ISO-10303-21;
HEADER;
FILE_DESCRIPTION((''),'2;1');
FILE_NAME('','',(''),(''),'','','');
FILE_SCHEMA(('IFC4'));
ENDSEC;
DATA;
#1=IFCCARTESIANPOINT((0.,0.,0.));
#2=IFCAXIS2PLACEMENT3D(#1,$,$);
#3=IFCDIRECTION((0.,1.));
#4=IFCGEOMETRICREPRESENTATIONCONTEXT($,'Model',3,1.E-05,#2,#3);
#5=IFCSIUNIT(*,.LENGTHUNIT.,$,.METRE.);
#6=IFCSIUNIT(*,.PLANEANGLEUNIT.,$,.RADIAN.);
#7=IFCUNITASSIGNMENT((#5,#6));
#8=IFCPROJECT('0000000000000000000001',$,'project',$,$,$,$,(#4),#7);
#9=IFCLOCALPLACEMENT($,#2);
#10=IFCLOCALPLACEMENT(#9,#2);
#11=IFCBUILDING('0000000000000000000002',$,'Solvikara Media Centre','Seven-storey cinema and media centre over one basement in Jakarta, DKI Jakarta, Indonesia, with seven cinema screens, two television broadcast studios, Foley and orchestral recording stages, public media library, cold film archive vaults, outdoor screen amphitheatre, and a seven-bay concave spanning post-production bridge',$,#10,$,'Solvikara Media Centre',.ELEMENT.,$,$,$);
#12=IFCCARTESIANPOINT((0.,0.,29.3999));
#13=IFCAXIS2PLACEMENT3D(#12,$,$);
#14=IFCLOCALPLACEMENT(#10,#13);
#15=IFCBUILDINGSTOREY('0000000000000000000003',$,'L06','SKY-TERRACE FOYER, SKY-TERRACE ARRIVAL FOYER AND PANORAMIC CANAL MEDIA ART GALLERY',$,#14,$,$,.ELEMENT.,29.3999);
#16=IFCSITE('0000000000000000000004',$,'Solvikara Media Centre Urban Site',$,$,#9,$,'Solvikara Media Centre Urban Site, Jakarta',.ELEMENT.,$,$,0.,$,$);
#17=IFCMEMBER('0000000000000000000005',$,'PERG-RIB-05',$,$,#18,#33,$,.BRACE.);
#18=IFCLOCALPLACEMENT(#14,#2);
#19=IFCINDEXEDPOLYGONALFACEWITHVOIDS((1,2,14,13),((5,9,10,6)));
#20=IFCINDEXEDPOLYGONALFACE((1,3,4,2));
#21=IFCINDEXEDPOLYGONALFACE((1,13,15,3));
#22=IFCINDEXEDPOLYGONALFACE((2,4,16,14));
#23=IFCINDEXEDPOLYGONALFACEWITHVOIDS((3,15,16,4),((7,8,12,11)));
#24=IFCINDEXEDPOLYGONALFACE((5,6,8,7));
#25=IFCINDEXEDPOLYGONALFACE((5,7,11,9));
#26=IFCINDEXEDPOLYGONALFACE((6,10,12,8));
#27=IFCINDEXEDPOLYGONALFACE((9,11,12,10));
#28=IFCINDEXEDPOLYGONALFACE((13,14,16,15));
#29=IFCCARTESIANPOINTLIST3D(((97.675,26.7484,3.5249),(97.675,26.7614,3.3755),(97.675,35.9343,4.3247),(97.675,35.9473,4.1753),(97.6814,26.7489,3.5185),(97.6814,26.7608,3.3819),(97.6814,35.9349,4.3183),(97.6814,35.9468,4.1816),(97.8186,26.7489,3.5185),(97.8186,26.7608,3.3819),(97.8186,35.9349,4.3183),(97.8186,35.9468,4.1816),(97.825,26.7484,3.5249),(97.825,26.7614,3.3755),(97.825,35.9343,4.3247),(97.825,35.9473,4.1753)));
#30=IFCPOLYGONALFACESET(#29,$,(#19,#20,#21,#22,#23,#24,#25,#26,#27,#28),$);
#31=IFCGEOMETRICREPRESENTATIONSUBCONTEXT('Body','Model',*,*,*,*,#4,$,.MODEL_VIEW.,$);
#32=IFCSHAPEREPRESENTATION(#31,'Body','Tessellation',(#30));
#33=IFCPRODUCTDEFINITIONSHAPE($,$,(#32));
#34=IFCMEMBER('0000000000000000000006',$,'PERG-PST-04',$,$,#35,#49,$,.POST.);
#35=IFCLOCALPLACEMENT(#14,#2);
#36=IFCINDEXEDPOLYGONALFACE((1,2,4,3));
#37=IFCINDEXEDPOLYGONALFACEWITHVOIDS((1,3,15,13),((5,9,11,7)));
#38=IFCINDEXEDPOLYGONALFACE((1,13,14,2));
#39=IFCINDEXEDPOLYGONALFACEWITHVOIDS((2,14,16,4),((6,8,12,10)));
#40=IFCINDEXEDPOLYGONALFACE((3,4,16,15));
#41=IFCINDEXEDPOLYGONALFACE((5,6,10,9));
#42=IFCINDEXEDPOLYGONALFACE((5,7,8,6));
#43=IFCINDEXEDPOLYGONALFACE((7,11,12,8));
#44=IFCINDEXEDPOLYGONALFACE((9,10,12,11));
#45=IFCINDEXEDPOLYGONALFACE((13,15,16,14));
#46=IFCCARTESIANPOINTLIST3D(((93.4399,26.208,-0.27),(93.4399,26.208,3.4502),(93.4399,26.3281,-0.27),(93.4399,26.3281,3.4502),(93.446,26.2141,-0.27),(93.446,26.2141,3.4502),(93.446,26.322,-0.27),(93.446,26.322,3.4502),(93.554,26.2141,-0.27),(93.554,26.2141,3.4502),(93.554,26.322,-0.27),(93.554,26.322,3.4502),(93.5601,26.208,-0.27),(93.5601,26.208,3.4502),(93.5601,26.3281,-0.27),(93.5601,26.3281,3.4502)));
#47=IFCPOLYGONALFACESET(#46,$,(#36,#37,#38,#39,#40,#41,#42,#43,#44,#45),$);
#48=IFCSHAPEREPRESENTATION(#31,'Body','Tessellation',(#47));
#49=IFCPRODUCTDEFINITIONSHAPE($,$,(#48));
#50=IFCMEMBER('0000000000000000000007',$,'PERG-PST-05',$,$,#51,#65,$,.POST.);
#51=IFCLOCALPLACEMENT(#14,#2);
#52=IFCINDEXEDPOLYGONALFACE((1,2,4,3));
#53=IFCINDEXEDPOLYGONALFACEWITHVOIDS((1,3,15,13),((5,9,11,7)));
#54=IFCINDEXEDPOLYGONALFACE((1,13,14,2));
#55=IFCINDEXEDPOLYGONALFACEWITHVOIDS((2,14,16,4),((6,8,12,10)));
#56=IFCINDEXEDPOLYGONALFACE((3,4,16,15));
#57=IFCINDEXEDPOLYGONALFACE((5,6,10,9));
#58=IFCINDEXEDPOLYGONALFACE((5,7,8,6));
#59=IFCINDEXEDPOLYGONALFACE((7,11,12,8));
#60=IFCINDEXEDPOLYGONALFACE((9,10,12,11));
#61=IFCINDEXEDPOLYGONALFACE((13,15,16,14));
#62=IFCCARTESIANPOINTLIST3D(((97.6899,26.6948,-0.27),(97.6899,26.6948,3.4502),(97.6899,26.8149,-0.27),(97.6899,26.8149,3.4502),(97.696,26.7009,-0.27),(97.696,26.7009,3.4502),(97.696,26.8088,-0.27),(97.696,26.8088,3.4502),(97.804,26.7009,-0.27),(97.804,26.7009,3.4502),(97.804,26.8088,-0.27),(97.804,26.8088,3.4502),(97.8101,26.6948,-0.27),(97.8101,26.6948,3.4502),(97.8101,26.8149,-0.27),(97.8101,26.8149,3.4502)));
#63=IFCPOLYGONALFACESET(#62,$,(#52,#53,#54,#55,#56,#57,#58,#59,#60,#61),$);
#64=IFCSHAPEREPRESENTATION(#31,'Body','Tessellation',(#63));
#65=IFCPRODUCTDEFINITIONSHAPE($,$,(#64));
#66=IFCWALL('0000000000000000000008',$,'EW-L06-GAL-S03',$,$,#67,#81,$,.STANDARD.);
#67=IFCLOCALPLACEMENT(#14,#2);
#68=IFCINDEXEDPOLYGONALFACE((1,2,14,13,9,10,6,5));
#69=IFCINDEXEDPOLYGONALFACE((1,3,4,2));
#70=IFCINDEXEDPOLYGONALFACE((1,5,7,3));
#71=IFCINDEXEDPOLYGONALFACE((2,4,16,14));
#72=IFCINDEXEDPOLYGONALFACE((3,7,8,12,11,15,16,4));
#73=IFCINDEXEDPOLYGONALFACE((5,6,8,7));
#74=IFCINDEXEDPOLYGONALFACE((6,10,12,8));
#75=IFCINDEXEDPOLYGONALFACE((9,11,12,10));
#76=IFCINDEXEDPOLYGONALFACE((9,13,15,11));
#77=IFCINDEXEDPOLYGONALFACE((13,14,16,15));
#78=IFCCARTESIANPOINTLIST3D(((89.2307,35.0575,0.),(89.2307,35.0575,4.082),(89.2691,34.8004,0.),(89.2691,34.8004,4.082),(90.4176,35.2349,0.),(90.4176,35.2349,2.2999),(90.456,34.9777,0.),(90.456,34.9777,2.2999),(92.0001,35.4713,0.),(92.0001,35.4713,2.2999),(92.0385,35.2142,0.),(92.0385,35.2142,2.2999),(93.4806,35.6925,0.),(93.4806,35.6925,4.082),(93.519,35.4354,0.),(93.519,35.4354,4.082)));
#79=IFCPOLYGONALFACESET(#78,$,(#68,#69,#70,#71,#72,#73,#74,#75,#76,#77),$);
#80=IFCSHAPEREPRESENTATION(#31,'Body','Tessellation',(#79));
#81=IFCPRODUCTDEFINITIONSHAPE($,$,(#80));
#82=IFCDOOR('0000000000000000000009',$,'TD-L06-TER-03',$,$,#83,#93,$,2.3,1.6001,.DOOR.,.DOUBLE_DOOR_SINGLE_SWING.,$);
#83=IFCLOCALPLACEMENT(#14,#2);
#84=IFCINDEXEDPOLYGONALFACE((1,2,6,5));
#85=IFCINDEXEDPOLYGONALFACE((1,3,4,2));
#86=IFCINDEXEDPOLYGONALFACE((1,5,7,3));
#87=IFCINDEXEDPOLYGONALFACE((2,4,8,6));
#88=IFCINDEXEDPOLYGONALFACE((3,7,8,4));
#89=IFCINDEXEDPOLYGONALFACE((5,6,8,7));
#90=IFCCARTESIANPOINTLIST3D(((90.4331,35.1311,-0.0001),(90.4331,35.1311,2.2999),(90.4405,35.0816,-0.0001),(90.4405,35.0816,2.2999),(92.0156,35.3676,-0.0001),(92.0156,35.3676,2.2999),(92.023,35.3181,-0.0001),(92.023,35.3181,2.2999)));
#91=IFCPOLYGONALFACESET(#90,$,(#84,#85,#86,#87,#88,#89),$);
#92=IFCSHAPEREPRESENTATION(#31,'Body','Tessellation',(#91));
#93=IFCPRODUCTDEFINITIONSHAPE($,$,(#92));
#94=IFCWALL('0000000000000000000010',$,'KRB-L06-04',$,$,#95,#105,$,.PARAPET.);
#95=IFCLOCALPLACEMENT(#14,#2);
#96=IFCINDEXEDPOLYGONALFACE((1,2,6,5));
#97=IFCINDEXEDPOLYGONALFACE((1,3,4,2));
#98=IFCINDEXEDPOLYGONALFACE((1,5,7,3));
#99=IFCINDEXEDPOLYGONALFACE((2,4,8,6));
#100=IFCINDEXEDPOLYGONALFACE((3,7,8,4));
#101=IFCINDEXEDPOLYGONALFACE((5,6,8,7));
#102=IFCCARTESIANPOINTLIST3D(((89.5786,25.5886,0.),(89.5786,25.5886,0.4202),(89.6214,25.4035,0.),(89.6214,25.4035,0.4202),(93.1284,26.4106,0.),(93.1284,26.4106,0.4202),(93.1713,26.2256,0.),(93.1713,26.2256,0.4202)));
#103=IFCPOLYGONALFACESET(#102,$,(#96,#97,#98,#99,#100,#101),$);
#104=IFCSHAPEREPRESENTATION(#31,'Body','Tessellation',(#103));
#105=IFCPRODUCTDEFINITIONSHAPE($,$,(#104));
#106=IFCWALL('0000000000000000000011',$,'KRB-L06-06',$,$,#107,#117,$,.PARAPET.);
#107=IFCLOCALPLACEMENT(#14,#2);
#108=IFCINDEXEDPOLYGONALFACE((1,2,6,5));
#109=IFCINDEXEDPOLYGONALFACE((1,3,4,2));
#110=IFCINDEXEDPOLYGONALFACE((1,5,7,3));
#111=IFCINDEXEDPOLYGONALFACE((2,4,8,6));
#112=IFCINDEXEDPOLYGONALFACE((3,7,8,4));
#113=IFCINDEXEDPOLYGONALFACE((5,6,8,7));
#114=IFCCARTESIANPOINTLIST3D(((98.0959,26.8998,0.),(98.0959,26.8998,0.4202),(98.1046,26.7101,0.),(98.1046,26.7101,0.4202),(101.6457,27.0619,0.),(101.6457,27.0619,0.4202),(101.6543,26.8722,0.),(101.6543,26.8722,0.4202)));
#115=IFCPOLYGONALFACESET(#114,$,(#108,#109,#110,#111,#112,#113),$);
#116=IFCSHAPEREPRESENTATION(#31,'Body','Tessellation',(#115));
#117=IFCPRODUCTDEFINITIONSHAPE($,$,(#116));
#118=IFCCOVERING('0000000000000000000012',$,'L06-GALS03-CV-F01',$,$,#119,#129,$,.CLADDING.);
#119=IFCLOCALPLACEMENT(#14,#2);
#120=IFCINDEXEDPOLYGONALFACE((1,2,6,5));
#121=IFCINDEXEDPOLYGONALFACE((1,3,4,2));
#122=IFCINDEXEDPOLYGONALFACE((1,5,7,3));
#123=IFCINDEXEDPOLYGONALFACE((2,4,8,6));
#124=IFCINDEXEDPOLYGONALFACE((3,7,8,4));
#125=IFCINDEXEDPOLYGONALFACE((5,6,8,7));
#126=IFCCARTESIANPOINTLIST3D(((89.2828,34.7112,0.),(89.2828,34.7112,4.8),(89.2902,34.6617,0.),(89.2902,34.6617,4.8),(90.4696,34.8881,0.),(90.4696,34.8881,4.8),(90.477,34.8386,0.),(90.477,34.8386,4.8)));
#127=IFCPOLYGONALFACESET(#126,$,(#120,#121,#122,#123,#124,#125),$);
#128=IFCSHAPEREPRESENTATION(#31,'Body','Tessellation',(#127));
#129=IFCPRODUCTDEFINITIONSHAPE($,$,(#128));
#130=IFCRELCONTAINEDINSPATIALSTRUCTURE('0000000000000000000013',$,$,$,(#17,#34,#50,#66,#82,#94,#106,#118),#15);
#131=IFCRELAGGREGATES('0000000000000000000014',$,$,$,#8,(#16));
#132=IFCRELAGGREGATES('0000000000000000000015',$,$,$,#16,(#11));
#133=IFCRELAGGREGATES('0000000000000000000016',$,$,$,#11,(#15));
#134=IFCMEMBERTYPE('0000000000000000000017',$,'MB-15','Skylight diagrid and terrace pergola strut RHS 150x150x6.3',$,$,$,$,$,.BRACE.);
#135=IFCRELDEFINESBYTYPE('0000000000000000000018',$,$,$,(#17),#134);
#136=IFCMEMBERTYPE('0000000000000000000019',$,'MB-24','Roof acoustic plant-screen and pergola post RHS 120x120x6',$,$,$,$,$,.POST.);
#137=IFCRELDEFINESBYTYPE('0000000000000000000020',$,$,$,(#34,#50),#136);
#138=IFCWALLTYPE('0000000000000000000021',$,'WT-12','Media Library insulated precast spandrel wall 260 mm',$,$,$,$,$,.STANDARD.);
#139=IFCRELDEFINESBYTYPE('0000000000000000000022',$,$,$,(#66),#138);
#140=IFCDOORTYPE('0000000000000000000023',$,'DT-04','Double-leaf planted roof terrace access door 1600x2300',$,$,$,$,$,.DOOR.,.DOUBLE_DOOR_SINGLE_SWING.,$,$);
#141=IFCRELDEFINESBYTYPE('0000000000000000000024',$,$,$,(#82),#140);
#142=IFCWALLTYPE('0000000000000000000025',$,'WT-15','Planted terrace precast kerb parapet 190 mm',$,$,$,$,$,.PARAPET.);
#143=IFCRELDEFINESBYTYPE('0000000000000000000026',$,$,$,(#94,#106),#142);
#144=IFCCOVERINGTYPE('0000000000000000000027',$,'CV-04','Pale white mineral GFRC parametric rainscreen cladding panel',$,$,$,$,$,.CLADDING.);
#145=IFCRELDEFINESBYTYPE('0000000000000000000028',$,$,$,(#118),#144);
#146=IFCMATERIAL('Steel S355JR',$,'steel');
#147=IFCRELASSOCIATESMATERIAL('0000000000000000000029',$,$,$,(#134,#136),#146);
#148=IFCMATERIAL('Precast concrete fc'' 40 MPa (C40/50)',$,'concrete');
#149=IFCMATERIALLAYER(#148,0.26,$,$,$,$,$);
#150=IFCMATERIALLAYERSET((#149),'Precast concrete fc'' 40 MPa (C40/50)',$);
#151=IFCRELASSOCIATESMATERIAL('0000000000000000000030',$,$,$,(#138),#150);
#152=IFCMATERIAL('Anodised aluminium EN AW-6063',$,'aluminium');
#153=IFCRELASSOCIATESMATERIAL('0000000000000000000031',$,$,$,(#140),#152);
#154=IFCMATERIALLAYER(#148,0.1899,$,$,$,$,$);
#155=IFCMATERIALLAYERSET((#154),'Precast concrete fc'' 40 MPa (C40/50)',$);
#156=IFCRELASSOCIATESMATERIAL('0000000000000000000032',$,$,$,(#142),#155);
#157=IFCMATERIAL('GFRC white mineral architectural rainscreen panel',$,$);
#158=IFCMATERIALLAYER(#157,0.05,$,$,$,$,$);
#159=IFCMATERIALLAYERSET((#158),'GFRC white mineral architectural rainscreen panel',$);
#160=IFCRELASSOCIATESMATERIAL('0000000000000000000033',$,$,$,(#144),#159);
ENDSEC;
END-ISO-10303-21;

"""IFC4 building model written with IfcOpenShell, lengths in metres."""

from ifc_helpers import new_model, si_unit, direction, frame, frame_2d, origin, origin_2d, place, context, subcontext, project, spatial, rectangle, hollow_rectangle, extrude, material, layer, layer_set, material_profile, profile_set, type_object, element, fill, save


model = new_model("IFC4")

# Units and contexts
model_context = context("Model", 3, precision=1e-05, world=origin(), true_north=direction((0.0, 1.0)))
body_context = subcontext(model_context, "Body", "Model", "MODEL_VIEW")
ifc_project = project(units=[si_unit("LENGTHUNIT", "METRE"), si_unit("PLANEANGLEUNIT", "RADIAN")], contexts=[model_context])

# Site, building, storey
site_placement = place(None, origin())
site = spatial("IfcSite", under=ifc_project, at=site_placement, Name="Solvikara Media Centre Urban Site", LongName="Solvikara Media Centre Urban Site, Jakarta", CompositionType="ELEMENT", RefElevation=0.0)
building_placement = place(site_placement, origin())
building = spatial("IfcBuilding", under=site, at=building_placement, Name="Solvikara Media Centre", Description="Seven-storey cinema and media centre over one basement in Jakarta, DKI Jakarta, Indonesia, with seven cinema screens, two television broadcast studios, Foley and orchestral recording stages, public media library, cold film archive vaults, outdoor screen amphitheatre, and a seven-bay concave spanning post-production bridge", LongName="Solvikara Media Centre", CompositionType="ELEMENT")
storey_placement = place(building_placement, frame((0.0, 0.0, 29.3999)))
storey = spatial("IfcBuildingStorey", under=building, at=storey_placement, Name="L06", Description="SKY-TERRACE FOYER, SKY-TERRACE ARRIVAL FOYER AND PANORAMIC CANAL MEDIA ART GALLERY", CompositionType="ELEMENT", Elevation=29.3999)

# Shared definitions
ifc_material_1 = material(Name="Steel S355JR", Category="steel")

# Members
ifc_material_profile_1 = material_profile(ifc_material_1, hollow_rectangle(XDim=0.1499, YDim=0.1499, WallThickness=0.0063, at=origin_2d()), Name="RHS 150x150x6.3")
ifc_profile_set_1 = profile_set([ifc_material_profile_1], Name="Steel S355JR")
member_type_1 = type_object("IfcMemberType", Name="MB-15", Description="Skylight diagrid and terrace pergola strut RHS 150x150x6.3", PredefinedType="BRACE", material=ifc_profile_set_1)
member_1_placement = place(storey_placement, frame((97.75, 26.7549, 3.4502), z_axis=(0.0, 0.996231, 0.086739), x_axis=(-1.0, 0.0, 0.0)))
element("IfcMember", 1, at=member_1_placement, inside=storey, type_object=member_type_1, Name="PERG-RIB-05", PredefinedType="BRACE", context=body_context, shape_type="SweptSolid", body=[
    extrude(hollow_rectangle(XDim=0.1499, YDim=0.1499, WallThickness=0.0063, at=origin_2d()), origin(), (0.0, 0.0, 1.0), 9.2207),
])
ifc_material_profile_2 = material_profile(ifc_material_1, hollow_rectangle(XDim=0.1201, YDim=0.1201, WallThickness=0.0061, at=origin_2d()), Name="RHS 120x120x6")
ifc_profile_set_2 = profile_set([ifc_material_profile_2], Name="Steel S355JR")
member_type_2 = type_object("IfcMemberType", Name="MB-24", Description="Roof acoustic plant-screen and pergola post RHS 120x120x6", PredefinedType="POST", material=ifc_profile_set_2)
for number, where, z_axis, x_axis, name in (
    (2, (93.5, 26.2681, -0.27), (0.0, 0.0, 1.0), (1.0, 0.0, 0.0), "PERG-PST-04"),
    (3, (97.75, 26.7549, -0.27), (0.0, 0.0, 1.0), (1.0, 0.0, 0.0), "PERG-PST-05"),
):
    element("IfcMember", number, at=place(storey_placement, frame(where, z_axis=z_axis, x_axis=x_axis)), inside=storey, type_object=member_type_2, Name=name, PredefinedType="POST", context=body_context, shape_type="SweptSolid", body=[
        extrude(hollow_rectangle(XDim=0.1201, YDim=0.1201, WallThickness=0.0061, at=origin_2d()), origin(), (0.0, 0.0, 1.0), 3.7202),
    ])

# Wall, opening, door
ifc_material_2 = material(Name="Precast concrete fc' 40 MPa (C40/50)", Category="concrete")
ifc_layer_1 = layer(ifc_material_2, 0.26)
ifc_layer_set_1 = layer_set([ifc_layer_1], Name="Precast concrete fc' 40 MPa (C40/50)")
wall_type_1 = type_object("IfcWallType", Name="WT-12", Description="Media Library insulated precast spandrel wall 260 mm", PredefinedType="STANDARD", material=ifc_layer_set_1)
wall_1_placement = place(storey_placement, frame((89.25, 34.929, 0.0), z_axis=(0.0, 0.0, 1.0), x_axis=(0.989021, 0.147774, 0.0)))
wall_1 = element("IfcWall", 4, at=wall_1_placement, inside=storey, type_object=wall_type_1, Name="EW-L06-GAL-S03", PredefinedType="STANDARD", context=body_context, shape_type="SweptSolid", body=[
    extrude(rectangle(XDim=4.2971, YDim=0.26, at=frame_2d((2.1484, 0.0))), origin(), (0.0, 0.0, 1.0), 4.082),
])
opening_placement = place(wall_1_placement, frame((1.2, 0.0, 0.0)))
opening = element("IfcOpeningElement", 5, at=opening_placement, cuts=wall_1, PredefinedType="OPENING", context=body_context, shape_type="SweptSolid", body=[
    extrude(rectangle(XDim=1.6001, YDim=2.3, at=frame_2d((0.8, 1.1499))), frame((0.0, 0.1421, 0.0), z_axis=(0.0, -1.0, 0.0), x_axis=(1.0, 0.0, 0.0)), (0.0, 0.0, 1.0), 0.2839),
])
ifc_material_3 = material(Name="Anodised aluminium EN AW-6063", Category="aluminium")
door_type = type_object("IfcDoorType", Name="DT-04", Description="Double-leaf planted roof terrace access door 1600x2300", OperationType="DOUBLE_DOOR_SINGLE_SWING", PredefinedType="DOOR", material=ifc_material_3)
door_placement = place(opening_placement, frame((1.6001, 0.0, 0.0), z_axis=(0.0, 0.0, 1.0), x_axis=(-1.0, 0.0, 0.0)))
door = element("IfcDoor", 6, at=door_placement, inside=storey, type_object=door_type, Name="TD-L06-TER-03", OperationType="DOUBLE_DOOR_SINGLE_SWING", OverallHeight=2.3, OverallWidth=1.6001, PredefinedType="DOOR", context=body_context, shape_type="SweptSolid", body=[
    extrude(rectangle(XDim=1.6001, YDim=2.3, at=frame_2d((0.8, 1.1499))), frame((0.0, 0.0249, 0.0), z_axis=(0.0, -1.0, 0.0), x_axis=(1.0, 0.0, 0.0)), (0.0, 0.0, 1.0), 0.05),
])
fill(opening, door)

# Walls
ifc_layer_2 = layer(ifc_material_2, 0.1899)
ifc_layer_set_2 = layer_set([ifc_layer_2], Name="Precast concrete fc' 40 MPa (C40/50)")
wall_type_2 = type_object("IfcWallType", Name="WT-15", Description="Planted terrace precast kerb parapet 190 mm", PredefinedType="PARAPET", material=ifc_layer_set_2)
wall_2_placement = place(storey_placement, frame((89.6001, 25.4961, 0.0), z_axis=(0.0, 0.0, 1.0), x_axis=(0.97422, 0.225598, 0.0)))
element("IfcWall", 7, at=wall_2_placement, inside=storey, type_object=wall_type_2, Name="KRB-L06-04", PredefinedType="PARAPET", context=body_context, shape_type="SweptSolid", body=[
    extrude(rectangle(XDim=3.6438, YDim=0.1899, at=frame_2d((1.8218, 0.0))), origin(), (0.0, 0.0, 1.0), 0.4202),
])
wall_3_placement = place(storey_placement, frame((98.1001, 26.8049, 0.0), z_axis=(0.0, 0.0, 1.0), x_axis=(0.998959, 0.04562, 0.0)))
element("IfcWall", 8, at=wall_3_placement, inside=storey, type_object=wall_type_2, Name="KRB-L06-06", PredefinedType="PARAPET", context=body_context, shape_type="SweptSolid", body=[
    extrude(rectangle(XDim=3.5535, YDim=0.1899, at=frame_2d((1.7769, 0.0))), origin(), (0.0, 0.0, 1.0), 0.4202),
])

# Covering
ifc_material_4 = material(Name="GFRC white mineral architectural rainscreen panel")
ifc_layer_3 = layer(ifc_material_4, 0.05)
ifc_layer_set_3 = layer_set([ifc_layer_3], Name="GFRC white mineral architectural rainscreen panel")
covering_type = type_object("IfcCoveringType", Name="CV-04", Description="Pale white mineral GFRC parametric rainscreen cladding panel", PredefinedType="CLADDING", material=ifc_layer_set_3)
covering_placement = place(storey_placement, frame((89.8799, 34.7749, 0.0), z_axis=(0.0, 0.0, 1.0), x_axis=(0.989065, 0.147481, 0.0)))
element("IfcCovering", 9, at=covering_placement, inside=storey, type_object=covering_type, Name="L06-GALS03-CV-F01", PredefinedType="CLADDING", context=body_context, shape_type="SweptSolid", body=[
    extrude(rectangle(XDim=1.2, YDim=0.05, at=origin_2d()), origin(), (0.0, 0.0, 1.0), 4.8),
])

save(model, "model.ifc")
